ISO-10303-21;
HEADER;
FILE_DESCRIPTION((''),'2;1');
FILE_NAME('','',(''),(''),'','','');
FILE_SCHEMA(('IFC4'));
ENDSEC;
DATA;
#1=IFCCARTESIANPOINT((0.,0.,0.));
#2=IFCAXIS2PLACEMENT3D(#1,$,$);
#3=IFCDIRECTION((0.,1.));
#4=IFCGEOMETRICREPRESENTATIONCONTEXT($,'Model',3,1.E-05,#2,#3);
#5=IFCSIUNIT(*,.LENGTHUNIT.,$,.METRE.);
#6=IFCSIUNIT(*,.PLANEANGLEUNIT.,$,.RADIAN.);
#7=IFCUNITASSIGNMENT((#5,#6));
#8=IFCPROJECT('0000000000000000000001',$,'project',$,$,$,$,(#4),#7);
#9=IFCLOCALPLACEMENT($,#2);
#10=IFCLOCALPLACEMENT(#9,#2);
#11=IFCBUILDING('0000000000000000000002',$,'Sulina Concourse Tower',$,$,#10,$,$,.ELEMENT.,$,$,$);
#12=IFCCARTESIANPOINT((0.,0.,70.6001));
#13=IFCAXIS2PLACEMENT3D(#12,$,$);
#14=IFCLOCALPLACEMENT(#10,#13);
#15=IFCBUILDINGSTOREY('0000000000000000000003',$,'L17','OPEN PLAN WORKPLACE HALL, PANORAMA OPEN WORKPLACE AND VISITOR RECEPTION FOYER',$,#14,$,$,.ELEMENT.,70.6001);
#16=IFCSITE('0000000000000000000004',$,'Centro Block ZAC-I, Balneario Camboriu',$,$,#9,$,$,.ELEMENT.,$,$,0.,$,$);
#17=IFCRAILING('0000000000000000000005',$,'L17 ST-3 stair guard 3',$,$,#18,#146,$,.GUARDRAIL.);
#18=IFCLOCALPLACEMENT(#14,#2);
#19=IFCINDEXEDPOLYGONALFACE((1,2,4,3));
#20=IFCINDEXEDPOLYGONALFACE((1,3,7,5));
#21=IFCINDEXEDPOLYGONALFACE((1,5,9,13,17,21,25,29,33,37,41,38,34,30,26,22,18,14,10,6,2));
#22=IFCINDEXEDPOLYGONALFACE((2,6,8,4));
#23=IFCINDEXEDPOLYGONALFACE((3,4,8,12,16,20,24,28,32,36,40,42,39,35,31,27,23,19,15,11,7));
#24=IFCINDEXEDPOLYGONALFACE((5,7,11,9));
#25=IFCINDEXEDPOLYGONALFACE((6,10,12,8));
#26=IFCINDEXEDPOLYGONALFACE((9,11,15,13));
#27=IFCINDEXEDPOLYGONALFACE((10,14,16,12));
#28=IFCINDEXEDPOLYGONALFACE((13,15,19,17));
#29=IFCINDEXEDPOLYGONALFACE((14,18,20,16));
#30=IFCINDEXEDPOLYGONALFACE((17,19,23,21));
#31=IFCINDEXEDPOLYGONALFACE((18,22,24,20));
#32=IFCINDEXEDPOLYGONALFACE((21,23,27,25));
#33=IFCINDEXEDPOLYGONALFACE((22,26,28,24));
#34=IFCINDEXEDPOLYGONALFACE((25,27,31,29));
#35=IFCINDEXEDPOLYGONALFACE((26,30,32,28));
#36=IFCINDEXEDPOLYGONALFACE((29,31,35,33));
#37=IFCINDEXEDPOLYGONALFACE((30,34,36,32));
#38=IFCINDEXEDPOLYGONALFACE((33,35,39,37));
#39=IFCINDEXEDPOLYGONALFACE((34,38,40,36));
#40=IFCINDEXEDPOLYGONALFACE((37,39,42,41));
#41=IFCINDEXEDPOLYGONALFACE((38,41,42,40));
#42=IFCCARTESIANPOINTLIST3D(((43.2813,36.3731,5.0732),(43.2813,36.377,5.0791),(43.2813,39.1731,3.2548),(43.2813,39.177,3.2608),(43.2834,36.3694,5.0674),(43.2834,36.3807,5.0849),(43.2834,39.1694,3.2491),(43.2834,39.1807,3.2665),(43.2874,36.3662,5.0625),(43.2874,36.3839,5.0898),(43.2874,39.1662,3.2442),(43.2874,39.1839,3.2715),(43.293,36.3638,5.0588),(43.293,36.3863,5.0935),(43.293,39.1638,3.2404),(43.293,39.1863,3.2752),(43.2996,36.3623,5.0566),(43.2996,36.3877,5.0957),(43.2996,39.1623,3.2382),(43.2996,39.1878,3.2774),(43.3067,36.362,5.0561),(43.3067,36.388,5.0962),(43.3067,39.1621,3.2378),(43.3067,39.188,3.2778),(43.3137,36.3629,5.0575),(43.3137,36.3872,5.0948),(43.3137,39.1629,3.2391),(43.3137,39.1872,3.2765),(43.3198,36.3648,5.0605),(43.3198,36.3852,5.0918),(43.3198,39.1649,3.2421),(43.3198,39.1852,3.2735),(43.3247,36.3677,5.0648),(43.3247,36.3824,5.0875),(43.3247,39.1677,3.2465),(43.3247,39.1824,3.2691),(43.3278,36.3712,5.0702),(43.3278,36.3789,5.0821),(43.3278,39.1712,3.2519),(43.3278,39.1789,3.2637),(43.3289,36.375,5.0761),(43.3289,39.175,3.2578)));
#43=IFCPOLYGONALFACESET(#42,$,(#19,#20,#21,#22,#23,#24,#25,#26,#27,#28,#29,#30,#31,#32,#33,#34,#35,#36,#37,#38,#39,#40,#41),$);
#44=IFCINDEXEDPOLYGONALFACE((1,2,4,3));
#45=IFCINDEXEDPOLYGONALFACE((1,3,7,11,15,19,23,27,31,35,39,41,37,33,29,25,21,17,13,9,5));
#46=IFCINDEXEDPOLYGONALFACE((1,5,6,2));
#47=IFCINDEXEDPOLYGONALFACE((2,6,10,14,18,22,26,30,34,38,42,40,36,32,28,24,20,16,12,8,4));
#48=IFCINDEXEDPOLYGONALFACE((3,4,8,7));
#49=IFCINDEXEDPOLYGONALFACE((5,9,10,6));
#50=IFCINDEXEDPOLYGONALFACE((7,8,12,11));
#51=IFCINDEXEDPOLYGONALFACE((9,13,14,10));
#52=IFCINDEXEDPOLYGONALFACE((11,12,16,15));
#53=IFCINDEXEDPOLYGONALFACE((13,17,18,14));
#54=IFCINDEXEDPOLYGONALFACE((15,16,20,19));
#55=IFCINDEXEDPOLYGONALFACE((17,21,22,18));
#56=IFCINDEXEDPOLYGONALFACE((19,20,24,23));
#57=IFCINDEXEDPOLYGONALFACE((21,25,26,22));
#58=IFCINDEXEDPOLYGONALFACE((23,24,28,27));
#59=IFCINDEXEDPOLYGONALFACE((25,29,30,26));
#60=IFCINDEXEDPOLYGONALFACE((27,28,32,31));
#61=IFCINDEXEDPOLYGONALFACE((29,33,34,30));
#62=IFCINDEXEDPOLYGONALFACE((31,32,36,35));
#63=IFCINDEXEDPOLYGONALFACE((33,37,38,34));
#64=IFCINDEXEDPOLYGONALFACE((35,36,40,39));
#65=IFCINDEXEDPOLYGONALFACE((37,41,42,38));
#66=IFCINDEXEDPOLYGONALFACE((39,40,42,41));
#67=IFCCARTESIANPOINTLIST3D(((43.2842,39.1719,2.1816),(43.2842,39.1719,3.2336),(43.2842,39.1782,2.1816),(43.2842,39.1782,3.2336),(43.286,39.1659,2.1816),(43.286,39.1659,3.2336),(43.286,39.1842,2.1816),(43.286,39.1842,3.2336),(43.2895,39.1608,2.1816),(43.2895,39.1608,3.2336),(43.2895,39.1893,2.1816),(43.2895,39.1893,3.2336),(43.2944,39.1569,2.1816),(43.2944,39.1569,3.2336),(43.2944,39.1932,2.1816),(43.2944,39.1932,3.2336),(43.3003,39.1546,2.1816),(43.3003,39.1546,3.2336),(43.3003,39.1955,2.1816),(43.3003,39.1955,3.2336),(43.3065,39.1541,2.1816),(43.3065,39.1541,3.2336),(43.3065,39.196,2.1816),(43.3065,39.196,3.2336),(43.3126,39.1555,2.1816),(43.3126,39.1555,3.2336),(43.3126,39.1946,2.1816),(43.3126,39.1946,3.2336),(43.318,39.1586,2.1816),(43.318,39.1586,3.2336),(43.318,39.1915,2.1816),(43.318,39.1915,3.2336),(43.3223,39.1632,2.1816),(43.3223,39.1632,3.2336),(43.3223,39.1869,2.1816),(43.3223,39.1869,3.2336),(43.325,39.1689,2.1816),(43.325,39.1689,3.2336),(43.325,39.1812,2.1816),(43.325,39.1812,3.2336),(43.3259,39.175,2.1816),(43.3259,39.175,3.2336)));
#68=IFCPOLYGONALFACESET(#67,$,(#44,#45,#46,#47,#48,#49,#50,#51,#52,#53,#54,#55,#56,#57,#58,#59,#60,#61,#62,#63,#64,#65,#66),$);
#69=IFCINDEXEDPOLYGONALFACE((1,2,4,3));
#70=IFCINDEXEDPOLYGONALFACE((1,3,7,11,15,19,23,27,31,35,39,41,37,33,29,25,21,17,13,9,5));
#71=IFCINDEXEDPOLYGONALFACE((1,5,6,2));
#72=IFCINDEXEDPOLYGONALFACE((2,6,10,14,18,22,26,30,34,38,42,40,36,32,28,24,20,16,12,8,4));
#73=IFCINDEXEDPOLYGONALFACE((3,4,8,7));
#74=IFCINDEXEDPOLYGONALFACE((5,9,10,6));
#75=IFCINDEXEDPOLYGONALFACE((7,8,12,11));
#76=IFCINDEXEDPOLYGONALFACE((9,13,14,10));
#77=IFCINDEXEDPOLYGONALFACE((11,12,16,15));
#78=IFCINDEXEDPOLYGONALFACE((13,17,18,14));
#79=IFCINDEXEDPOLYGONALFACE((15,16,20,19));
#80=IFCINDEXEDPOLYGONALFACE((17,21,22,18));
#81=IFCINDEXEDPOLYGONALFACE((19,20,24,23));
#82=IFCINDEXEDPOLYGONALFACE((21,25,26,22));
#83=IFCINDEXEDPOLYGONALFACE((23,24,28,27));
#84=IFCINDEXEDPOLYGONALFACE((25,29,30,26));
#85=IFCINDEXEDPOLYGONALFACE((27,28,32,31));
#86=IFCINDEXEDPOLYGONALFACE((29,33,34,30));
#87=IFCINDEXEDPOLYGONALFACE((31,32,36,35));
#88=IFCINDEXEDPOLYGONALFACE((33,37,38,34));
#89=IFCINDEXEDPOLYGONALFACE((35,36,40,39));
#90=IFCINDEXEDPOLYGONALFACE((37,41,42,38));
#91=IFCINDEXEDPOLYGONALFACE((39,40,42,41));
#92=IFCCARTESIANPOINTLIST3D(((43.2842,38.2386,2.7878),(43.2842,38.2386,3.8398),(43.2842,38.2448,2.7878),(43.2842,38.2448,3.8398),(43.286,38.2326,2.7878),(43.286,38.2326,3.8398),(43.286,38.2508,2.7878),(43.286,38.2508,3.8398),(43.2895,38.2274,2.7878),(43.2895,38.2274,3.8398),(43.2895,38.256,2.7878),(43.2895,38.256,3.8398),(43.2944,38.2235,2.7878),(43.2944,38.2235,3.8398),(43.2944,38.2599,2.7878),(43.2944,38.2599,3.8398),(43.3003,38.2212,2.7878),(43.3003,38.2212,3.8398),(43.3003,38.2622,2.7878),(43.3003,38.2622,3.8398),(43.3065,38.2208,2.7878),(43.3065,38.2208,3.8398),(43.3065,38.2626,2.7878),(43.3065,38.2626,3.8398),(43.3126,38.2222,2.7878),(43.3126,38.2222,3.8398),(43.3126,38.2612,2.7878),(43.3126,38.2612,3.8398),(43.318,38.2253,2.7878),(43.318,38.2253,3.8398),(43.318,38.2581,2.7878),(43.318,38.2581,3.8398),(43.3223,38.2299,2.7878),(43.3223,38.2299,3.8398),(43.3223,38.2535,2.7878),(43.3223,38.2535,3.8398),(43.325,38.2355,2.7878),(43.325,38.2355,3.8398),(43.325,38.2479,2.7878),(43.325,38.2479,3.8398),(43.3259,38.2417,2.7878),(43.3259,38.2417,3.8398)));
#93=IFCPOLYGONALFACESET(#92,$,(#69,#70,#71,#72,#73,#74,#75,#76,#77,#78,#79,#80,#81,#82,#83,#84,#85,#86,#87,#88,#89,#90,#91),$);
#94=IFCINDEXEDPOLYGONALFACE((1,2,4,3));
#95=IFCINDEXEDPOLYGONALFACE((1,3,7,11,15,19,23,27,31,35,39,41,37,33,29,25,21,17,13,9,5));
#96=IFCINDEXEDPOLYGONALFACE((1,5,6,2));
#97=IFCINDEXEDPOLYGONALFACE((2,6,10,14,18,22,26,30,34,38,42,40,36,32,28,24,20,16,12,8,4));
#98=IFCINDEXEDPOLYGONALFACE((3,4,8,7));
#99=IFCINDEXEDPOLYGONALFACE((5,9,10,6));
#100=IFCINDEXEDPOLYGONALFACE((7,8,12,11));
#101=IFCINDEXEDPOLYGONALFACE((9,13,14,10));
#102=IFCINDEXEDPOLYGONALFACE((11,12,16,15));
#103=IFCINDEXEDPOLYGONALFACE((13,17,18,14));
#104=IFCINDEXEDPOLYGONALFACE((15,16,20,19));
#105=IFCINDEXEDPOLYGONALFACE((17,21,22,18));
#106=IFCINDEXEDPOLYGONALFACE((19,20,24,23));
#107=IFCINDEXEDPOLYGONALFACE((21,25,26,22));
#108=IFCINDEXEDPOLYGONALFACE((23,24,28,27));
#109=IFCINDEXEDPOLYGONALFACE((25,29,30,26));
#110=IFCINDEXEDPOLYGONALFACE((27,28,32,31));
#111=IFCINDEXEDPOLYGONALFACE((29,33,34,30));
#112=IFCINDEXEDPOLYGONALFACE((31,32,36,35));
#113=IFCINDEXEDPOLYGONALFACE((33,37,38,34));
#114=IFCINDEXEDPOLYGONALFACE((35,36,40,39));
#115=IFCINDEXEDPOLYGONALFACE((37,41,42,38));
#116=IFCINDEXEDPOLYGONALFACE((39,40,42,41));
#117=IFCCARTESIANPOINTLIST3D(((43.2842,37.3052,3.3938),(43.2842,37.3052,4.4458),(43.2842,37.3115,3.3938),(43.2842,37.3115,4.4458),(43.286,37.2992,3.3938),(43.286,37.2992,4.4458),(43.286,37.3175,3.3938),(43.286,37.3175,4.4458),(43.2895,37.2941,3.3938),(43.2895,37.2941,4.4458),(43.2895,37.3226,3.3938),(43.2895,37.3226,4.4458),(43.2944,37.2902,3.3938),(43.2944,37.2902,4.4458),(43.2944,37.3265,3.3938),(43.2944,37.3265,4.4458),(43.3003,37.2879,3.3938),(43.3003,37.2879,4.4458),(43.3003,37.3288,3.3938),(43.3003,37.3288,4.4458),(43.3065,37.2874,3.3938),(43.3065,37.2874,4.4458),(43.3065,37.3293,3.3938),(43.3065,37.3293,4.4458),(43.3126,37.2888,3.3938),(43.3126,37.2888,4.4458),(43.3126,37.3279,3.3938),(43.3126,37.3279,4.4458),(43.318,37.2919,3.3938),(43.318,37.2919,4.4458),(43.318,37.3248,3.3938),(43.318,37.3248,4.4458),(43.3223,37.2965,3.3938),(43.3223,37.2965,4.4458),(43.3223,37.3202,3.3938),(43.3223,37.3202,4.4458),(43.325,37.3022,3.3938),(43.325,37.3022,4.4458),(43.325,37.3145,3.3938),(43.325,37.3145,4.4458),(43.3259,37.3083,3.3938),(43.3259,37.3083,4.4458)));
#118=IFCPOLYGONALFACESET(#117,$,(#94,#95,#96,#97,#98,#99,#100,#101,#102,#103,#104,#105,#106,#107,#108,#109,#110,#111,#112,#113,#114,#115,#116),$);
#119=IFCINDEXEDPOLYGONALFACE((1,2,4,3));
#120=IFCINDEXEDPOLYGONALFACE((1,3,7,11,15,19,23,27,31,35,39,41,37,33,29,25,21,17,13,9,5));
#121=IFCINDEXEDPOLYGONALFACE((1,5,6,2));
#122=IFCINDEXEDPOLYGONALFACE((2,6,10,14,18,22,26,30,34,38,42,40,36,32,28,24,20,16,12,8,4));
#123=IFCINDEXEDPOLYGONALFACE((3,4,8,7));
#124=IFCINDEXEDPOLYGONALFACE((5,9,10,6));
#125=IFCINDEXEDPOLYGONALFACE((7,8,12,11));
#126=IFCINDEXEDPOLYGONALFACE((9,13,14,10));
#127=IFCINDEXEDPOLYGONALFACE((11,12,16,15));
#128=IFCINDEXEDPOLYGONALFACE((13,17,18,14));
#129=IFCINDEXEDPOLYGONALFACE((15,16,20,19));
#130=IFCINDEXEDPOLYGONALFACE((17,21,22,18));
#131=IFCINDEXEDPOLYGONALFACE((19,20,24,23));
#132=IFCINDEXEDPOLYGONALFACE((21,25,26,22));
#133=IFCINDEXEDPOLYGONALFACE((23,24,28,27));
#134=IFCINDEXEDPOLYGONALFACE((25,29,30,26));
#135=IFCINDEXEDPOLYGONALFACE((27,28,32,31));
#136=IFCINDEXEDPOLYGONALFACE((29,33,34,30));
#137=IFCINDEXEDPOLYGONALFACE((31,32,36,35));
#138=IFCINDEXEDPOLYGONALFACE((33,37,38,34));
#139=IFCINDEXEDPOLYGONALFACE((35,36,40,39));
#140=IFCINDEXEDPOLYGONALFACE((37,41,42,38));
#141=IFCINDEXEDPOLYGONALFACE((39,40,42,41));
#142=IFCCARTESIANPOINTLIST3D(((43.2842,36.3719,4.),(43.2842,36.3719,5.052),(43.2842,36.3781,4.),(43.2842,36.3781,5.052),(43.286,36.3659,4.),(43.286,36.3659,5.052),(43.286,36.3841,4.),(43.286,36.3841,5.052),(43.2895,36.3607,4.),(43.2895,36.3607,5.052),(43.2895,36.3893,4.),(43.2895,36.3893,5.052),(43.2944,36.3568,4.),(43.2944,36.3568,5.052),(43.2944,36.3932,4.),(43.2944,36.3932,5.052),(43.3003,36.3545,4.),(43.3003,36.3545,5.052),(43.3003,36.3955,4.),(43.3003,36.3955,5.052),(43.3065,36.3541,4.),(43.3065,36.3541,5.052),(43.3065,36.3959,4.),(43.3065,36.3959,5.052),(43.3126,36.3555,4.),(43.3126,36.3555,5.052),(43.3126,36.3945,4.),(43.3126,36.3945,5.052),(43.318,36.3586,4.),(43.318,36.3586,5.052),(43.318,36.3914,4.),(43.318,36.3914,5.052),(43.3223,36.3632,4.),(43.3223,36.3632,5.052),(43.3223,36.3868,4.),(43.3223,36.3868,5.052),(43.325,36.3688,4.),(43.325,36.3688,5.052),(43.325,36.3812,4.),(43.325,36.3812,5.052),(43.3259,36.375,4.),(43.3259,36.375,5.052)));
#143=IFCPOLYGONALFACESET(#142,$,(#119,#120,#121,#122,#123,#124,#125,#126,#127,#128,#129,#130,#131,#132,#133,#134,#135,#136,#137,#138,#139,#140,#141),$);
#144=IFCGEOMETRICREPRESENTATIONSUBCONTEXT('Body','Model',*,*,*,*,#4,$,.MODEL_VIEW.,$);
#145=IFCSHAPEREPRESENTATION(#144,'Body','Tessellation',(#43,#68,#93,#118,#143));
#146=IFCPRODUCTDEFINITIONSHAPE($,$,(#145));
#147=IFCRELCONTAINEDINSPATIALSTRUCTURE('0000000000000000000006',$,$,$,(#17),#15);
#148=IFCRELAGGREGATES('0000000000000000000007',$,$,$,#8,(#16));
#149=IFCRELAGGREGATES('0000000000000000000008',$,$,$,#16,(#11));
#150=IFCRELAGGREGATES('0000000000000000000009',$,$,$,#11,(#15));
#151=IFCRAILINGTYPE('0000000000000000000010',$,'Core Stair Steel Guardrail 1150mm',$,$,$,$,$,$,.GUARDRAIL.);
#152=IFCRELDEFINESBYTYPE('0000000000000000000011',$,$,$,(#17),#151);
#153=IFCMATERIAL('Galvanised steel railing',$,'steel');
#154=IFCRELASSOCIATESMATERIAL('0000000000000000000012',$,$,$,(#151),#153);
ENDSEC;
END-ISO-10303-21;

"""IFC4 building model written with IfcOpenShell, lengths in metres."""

from ifc_helpers import new_model, si_unit, direction, frame, origin, origin_2d, place, context, subcontext, project, spatial, circle, extrude, material, type_object, element, save


model = new_model("IFC4")

# Units and contexts
model_context = context("Model", 3, precision=1e-05, world=origin(), true_north=direction((0.0, 1.0)))
body_context = subcontext(model_context, "Body", "Model", "MODEL_VIEW")
ifc_project = project(units=[si_unit("LENGTHUNIT", "METRE"), si_unit("PLANEANGLEUNIT", "RADIAN")], contexts=[model_context])

# Site, building, storey
site_placement = place(None, origin())
site = spatial("IfcSite", under=ifc_project, at=site_placement, Name="Centro Block ZAC-I, Balneario Camboriu", CompositionType="ELEMENT", RefElevation=0.0)
building_placement = place(site_placement, origin())
building = spatial("IfcBuilding", under=site, at=building_placement, Name="Sulina Concourse Tower", CompositionType="ELEMENT")
storey_placement = place(building_placement, frame((0.0, 0.0, 70.6001)))
storey = spatial("IfcBuildingStorey", under=building, at=storey_placement, Name="L17", Description="OPEN PLAN WORKPLACE HALL, PANORAMA OPEN WORKPLACE AND VISITOR RECEPTION FOYER", CompositionType="ELEMENT", Elevation=70.6001)

# Railing
ifc_material_1 = material(Name="Galvanised steel railing", Category="steel")
railing_type_1 = type_object("IfcRailingType", Name="Core Stair Steel Guardrail 1150mm", PredefinedType="GUARDRAIL", material=ifc_material_1)
railing_1_placement = place(storey_placement, frame((43.3049, 39.175, 2.1816)))
element("IfcRailing", 1, at=railing_1_placement, inside=storey, type_object=railing_type_1, Name="L17 ST-3 stair guard 3", PredefinedType="GUARDRAIL", context=body_context, shape_type="SweptSolid", body=[
    extrude(circle(Radius=0.0239, at=origin_2d()), frame((0.0, 0.0, 1.0762), z_axis=(0.0, -0.838672, 0.544636), x_axis=(1.0, 0.0, 0.0)), (0.0, 0.0, 1.0), 3.3386),
    extrude(circle(Radius=0.021, at=origin_2d()), origin(), (0.0, 0.0, 1.0), 1.052),
    extrude(circle(Radius=0.021, at=origin_2d()), frame((0.0, -0.9333, 0.6062)), (0.0, 0.0, 1.0), 1.052),
    extrude(circle(Radius=0.021, at=origin_2d()), frame((0.0, -1.8667, 1.2122)), (0.0, 0.0, 1.0), 1.052),
    extrude(circle(Radius=0.021, at=origin_2d()), frame((0.0, -2.8, 1.8184)), (0.0, 0.0, 1.0), 1.052),
])

save(model, "model.ifc")
